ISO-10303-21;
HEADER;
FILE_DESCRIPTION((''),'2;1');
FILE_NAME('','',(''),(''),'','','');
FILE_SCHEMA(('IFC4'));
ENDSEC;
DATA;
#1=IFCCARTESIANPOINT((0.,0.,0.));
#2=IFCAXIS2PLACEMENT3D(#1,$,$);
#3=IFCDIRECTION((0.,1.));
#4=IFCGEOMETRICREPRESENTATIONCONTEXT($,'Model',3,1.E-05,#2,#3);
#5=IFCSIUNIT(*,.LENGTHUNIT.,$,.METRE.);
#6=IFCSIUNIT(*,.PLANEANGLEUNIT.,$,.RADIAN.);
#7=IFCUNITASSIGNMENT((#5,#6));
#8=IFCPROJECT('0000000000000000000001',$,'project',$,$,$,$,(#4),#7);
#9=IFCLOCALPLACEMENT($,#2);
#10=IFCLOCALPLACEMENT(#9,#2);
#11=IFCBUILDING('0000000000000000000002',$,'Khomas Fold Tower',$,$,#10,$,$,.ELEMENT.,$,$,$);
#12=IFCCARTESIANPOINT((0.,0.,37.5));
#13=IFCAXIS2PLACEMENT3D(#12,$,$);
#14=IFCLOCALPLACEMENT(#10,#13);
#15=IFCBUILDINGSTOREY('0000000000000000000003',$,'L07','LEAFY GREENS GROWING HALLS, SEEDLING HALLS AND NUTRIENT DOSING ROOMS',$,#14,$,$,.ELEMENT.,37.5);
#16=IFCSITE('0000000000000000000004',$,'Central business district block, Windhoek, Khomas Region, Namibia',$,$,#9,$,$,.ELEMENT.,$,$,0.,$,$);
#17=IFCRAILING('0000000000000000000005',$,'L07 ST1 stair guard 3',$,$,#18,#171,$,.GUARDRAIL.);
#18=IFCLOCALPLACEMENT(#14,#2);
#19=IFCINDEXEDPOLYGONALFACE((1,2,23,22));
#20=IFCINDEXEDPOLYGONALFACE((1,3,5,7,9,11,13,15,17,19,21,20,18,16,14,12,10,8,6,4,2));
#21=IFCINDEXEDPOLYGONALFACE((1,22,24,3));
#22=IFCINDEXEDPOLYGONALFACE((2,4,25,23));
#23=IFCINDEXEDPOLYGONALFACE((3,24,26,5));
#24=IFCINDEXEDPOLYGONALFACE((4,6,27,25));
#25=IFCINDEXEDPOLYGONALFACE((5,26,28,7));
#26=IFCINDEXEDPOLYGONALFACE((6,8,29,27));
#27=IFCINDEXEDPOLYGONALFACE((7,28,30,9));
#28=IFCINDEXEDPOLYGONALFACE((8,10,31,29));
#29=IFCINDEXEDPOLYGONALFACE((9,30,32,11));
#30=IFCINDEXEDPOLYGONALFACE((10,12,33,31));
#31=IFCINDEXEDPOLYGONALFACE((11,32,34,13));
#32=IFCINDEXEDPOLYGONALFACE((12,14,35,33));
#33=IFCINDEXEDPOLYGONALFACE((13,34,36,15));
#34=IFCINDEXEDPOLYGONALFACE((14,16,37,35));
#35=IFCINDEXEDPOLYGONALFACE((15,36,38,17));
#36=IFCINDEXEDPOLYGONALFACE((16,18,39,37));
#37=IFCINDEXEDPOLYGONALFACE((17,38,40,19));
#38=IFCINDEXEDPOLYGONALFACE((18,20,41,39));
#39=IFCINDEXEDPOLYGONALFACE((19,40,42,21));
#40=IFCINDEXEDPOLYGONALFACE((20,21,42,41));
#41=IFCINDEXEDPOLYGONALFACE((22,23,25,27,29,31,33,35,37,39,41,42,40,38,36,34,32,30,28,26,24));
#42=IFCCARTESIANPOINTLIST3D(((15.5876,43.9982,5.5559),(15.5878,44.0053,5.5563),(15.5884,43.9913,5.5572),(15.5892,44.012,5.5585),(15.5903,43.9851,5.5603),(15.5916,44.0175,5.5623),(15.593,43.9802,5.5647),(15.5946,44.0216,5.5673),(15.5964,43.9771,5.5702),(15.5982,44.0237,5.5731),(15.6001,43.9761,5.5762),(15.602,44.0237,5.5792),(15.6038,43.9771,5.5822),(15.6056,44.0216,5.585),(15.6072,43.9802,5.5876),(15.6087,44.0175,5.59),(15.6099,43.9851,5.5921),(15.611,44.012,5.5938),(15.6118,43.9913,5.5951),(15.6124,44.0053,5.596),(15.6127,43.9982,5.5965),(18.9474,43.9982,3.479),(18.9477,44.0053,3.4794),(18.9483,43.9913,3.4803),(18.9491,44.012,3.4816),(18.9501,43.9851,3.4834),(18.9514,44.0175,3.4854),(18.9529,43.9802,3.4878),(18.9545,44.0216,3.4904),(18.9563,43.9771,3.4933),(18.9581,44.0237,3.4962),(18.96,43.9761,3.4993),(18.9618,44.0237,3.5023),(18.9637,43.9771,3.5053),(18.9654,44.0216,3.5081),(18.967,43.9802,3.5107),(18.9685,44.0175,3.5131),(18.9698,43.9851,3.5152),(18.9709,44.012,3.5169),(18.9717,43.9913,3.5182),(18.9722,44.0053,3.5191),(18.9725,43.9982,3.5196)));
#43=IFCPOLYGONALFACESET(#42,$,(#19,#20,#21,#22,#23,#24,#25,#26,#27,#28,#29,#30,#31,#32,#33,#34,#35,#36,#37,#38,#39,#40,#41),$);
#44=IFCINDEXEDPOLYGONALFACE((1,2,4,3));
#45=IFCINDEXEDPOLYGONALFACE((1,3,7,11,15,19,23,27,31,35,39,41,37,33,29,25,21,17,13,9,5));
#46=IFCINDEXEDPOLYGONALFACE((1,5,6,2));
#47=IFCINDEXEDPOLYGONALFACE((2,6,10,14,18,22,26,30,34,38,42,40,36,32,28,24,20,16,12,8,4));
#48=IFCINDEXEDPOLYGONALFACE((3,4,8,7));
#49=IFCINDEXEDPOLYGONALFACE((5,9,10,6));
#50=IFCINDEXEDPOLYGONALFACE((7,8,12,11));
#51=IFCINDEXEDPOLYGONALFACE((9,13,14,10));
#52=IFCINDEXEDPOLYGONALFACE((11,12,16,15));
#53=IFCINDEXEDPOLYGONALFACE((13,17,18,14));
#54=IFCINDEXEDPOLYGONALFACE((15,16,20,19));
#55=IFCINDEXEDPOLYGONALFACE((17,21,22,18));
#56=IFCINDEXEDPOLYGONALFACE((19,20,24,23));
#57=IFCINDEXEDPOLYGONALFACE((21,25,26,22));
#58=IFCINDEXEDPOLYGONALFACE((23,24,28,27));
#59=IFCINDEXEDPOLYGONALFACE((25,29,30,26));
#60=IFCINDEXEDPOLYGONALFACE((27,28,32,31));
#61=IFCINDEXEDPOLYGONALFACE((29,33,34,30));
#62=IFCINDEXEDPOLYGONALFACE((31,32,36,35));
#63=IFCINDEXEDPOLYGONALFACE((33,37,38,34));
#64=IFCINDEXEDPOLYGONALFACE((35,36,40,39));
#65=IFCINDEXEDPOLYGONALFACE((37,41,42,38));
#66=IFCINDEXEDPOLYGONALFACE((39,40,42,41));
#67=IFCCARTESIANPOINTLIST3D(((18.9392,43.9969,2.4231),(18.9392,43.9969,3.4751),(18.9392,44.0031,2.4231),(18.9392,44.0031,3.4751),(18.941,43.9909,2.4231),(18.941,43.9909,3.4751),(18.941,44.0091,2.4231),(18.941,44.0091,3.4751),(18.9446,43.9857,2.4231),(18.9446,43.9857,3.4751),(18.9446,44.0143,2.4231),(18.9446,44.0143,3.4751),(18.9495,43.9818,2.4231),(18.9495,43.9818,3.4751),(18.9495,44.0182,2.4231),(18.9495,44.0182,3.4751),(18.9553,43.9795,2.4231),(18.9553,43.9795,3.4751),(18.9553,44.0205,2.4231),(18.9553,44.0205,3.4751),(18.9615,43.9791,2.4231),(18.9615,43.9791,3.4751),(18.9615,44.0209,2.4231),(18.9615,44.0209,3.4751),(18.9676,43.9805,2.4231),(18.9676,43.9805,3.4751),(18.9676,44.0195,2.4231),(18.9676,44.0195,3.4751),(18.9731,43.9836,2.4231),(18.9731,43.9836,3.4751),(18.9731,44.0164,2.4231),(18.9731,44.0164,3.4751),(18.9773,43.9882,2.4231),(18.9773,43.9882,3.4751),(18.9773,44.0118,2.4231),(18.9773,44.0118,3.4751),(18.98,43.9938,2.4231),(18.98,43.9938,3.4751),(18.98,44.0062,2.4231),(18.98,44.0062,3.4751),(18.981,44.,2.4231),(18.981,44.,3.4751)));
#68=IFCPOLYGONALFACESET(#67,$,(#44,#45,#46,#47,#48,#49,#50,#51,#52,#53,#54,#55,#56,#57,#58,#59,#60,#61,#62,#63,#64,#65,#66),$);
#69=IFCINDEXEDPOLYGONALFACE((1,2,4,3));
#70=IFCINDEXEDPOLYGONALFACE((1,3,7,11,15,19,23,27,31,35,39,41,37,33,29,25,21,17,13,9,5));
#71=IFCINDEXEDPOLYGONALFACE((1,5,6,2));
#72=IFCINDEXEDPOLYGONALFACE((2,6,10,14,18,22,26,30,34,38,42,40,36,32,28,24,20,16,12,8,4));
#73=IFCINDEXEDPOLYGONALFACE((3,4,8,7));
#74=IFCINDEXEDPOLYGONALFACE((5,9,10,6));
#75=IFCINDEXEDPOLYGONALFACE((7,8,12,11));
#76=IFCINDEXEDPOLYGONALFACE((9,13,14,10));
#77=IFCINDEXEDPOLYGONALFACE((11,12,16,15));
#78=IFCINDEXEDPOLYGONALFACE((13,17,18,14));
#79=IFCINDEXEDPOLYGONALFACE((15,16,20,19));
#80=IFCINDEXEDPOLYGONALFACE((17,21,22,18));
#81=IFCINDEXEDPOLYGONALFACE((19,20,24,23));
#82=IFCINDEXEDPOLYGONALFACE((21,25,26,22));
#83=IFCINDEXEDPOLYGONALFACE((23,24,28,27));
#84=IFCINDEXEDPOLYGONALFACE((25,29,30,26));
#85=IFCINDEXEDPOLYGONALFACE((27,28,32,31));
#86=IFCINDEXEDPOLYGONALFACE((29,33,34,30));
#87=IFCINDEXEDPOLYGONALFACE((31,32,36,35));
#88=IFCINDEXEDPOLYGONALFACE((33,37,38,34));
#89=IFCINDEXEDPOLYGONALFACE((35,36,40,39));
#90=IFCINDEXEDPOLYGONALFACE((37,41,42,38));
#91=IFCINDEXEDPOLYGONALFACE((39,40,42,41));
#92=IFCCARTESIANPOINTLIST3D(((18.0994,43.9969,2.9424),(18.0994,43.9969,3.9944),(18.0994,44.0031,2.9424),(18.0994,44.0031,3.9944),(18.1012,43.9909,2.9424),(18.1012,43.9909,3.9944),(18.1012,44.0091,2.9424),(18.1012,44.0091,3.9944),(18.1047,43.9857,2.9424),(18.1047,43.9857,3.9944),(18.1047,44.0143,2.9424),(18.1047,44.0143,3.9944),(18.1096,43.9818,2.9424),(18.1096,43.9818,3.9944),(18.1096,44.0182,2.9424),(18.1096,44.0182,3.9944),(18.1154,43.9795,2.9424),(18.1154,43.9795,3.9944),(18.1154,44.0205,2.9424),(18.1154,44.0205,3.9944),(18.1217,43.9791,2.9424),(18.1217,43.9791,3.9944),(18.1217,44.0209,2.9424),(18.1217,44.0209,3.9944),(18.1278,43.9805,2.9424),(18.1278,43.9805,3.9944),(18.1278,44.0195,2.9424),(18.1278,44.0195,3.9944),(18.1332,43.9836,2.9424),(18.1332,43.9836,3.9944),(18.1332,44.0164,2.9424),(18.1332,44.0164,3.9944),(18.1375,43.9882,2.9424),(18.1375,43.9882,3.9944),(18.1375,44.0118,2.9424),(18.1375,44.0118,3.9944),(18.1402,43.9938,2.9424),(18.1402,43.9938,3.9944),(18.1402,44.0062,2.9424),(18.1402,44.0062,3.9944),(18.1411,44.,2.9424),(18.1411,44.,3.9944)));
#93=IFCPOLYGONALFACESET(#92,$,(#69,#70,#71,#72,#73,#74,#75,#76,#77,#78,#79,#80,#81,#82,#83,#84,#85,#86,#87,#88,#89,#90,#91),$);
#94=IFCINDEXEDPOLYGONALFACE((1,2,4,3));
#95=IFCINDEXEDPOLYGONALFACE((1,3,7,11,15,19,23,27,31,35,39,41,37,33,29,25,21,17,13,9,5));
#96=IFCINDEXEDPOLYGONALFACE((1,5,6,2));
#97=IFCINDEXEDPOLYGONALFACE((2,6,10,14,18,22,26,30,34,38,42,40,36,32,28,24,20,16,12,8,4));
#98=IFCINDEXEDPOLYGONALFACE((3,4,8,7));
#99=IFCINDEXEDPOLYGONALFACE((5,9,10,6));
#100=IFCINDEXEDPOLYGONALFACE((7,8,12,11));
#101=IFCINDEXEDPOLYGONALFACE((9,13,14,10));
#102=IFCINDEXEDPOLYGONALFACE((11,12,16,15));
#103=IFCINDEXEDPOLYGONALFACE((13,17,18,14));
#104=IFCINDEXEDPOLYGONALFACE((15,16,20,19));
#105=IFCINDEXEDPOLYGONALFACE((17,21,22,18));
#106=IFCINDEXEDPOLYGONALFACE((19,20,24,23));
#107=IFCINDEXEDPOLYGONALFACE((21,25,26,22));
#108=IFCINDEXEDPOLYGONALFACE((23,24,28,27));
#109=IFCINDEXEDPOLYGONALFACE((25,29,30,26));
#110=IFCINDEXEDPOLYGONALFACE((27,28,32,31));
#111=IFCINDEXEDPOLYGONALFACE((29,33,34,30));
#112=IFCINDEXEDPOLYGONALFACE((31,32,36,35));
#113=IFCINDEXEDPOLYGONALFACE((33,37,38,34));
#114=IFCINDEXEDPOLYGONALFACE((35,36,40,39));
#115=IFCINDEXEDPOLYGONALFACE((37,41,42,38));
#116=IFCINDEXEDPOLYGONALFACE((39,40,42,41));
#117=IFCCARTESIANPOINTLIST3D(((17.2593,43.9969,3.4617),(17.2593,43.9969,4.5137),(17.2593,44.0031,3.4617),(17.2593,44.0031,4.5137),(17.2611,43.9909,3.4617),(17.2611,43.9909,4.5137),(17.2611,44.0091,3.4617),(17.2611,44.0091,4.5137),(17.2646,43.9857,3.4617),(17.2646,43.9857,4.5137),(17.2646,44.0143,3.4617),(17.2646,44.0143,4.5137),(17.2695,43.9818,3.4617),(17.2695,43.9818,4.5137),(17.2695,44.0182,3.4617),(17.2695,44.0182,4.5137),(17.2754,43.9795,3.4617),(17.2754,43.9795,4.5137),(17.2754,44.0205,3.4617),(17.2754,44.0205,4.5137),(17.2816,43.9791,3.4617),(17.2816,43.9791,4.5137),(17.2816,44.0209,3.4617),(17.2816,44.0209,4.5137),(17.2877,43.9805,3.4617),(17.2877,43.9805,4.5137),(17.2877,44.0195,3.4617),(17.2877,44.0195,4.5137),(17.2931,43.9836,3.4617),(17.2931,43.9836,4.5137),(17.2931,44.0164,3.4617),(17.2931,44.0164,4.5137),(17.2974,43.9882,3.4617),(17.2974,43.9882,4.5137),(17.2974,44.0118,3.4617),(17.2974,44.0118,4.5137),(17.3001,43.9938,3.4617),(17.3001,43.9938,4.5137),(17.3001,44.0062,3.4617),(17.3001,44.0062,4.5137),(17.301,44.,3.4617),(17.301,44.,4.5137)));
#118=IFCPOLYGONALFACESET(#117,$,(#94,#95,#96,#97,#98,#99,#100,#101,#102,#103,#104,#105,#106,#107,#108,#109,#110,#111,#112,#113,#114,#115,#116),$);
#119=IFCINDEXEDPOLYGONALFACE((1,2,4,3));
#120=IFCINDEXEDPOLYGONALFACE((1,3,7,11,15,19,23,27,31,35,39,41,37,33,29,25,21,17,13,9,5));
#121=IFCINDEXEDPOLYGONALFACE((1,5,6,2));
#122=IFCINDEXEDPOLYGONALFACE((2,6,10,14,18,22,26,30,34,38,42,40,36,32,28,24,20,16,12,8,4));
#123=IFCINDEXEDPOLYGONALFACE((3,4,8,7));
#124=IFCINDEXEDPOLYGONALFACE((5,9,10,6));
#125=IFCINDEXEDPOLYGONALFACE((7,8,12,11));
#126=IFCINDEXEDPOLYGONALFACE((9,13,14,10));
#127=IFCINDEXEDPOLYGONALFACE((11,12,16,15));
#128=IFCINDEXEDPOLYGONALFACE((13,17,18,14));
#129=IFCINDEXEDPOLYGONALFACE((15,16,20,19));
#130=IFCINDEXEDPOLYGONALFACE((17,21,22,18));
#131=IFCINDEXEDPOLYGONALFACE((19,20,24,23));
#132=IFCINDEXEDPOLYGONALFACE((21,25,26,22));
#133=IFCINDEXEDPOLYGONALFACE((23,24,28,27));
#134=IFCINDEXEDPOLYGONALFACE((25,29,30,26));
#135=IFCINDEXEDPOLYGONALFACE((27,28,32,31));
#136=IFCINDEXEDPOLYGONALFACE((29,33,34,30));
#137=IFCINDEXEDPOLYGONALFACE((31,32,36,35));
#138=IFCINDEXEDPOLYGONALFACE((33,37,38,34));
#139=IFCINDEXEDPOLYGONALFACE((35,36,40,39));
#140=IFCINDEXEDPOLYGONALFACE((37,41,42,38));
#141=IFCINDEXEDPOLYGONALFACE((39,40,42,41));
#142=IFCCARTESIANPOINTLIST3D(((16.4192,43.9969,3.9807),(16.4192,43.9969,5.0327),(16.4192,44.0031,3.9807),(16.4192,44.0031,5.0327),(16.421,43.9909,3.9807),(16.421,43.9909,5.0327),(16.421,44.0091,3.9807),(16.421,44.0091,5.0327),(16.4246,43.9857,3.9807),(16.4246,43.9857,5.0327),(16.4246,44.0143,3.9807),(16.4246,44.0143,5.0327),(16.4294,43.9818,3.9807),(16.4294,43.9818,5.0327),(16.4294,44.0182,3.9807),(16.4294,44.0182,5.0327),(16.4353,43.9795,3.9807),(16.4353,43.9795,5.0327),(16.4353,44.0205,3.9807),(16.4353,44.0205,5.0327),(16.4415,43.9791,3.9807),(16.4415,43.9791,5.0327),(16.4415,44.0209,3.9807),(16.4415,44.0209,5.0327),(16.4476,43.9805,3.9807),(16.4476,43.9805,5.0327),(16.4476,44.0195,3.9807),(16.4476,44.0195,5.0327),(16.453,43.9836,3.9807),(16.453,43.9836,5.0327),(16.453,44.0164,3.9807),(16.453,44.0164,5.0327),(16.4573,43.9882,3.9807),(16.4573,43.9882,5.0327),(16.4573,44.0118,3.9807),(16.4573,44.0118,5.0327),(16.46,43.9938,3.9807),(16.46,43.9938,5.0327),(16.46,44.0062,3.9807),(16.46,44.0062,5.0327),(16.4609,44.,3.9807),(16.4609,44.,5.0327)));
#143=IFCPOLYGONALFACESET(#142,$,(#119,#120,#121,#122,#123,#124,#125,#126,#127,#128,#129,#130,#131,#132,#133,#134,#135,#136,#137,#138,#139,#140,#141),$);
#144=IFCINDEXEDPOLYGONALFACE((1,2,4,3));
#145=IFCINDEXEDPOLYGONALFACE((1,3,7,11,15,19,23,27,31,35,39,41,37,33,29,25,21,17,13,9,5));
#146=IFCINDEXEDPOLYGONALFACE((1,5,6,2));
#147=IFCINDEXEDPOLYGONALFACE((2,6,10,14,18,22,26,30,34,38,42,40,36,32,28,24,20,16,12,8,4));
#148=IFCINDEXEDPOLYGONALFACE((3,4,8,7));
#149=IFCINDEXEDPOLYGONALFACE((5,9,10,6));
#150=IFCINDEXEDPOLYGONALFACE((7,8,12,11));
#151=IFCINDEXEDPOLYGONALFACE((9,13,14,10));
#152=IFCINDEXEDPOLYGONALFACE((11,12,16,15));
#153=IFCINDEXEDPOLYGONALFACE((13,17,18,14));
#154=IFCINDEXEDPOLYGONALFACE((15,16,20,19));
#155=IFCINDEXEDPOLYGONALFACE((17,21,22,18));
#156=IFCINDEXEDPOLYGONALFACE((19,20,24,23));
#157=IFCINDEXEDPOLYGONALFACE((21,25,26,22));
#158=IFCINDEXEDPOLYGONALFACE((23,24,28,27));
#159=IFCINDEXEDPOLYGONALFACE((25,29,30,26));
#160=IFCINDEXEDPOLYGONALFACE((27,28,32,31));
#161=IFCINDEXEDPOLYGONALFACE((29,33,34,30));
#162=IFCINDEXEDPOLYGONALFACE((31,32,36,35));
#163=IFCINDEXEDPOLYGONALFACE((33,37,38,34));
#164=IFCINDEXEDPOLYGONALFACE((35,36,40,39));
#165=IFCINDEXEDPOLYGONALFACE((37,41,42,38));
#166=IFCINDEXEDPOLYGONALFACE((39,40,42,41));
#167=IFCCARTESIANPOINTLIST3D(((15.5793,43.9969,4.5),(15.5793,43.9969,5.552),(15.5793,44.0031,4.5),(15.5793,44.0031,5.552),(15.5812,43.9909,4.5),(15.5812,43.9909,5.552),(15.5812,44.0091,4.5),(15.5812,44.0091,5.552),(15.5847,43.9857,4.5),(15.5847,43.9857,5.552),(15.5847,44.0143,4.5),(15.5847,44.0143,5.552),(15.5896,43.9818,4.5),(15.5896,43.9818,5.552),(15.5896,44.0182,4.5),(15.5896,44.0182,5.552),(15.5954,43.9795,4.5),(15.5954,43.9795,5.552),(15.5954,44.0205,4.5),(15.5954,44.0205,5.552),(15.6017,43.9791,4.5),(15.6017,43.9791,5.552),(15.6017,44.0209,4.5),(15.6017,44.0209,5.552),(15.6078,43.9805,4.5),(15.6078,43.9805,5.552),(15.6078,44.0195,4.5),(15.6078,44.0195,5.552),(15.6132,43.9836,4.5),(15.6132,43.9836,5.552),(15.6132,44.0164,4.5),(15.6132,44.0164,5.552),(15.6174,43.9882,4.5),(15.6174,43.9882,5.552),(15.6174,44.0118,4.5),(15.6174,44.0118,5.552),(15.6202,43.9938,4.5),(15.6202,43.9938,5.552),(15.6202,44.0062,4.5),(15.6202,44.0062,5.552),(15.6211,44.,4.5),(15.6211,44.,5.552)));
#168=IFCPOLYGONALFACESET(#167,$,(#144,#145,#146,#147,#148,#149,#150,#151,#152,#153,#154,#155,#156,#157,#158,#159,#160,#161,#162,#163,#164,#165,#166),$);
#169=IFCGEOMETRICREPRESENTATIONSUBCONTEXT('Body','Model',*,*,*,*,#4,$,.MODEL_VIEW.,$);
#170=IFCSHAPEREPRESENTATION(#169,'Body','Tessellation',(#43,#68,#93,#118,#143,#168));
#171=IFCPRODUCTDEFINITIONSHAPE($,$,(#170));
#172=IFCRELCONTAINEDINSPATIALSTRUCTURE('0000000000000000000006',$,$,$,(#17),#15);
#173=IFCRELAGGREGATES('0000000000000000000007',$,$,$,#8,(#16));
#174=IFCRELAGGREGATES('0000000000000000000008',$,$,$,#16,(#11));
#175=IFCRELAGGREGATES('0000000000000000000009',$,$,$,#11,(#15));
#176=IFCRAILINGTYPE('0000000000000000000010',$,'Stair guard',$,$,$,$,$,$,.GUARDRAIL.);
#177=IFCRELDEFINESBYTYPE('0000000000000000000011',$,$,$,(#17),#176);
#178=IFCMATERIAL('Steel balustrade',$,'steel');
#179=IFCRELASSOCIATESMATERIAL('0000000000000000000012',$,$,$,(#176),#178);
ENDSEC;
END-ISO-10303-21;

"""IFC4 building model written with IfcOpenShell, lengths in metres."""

from ifc_helpers import new_model, si_unit, direction, frame, origin, origin_2d, place, context, subcontext, project, spatial, circle, extrude, source, transform, mapped, material, type_object, element, save


model = new_model("IFC4")

# Units and contexts
model_context = context("Model", 3, precision=1e-05, world=origin(), true_north=direction((0.0, 1.0)))
body_context = subcontext(model_context, "Body", "Model", "MODEL_VIEW")
ifc_project = project(units=[si_unit("LENGTHUNIT", "METRE"), si_unit("PLANEANGLEUNIT", "RADIAN")], contexts=[model_context])

# Site, building, storey
site_placement = place(None, origin())
site = spatial("IfcSite", under=ifc_project, at=site_placement, Name="Central business district block, Windhoek, Khomas Region, Namibia", CompositionType="ELEMENT", RefElevation=0.0)
building_placement = place(site_placement, origin())
building = spatial("IfcBuilding", under=site, at=building_placement, Name="Khomas Fold Tower", CompositionType="ELEMENT")
storey_placement = place(building_placement, frame((0.0, 0.0, 37.5)))
storey = spatial("IfcBuildingStorey", under=building, at=storey_placement, Name="L07", Description="LEAFY GREENS GROWING HALLS, SEEDLING HALLS AND NUTRIENT DOSING ROOMS", CompositionType="ELEMENT", Elevation=37.5)

# Railing
ifc_material_1 = material(Name="Steel balustrade", Category="steel")
railing_type_1 = type_object("IfcRailingType", Name="Stair guard", PredefinedType="GUARDRAIL", material=ifc_material_1)
shared_shape_1 = source(origin(), body_context, "Body", "SweptSolid", [
    extrude(circle(Radius=0.0239, at=origin_2d()), frame((0.0, 0.0, 1.0762), z_axis=(-0.850606, 0.0, 0.525803), x_axis=(0.0, -1.0, 0.0)), (0.0, 0.0, 1.0), 3.95),
    extrude(circle(Radius=0.021, at=origin_2d()), origin(), (0.0, 0.0, 1.0), 1.052),
    extrude(circle(Radius=0.021, at=origin_2d()), frame((-0.8398, 0.0, 0.5193)), (0.0, 0.0, 1.0), 1.052),
    extrude(circle(Radius=0.021, at=origin_2d()), frame((-1.6799, 0.0, 1.0386)), (0.0, 0.0, 1.0), 1.052),
    extrude(circle(Radius=0.021, at=origin_2d()), frame((-2.52, 0.0, 1.5576)), (0.0, 0.0, 1.0), 1.052),
    extrude(circle(Radius=0.021, at=origin_2d()), frame((-3.3599, 0.0, 2.0769)), (0.0, 0.0, 1.0), 1.052),
])
railing_1_placement = place(storey_placement, frame((18.96, 44.0, 2.4231)))
element("IfcRailing", 1, at=railing_1_placement, inside=storey, type_object=railing_type_1, Name="L07 ST1 stair guard 3", PredefinedType="GUARDRAIL", context=body_context, shape_type="MappedRepresentation", body=[
    mapped(shared_shape_1, transform((0.0, 0.0, 0.0))),
])

save(model, "model.ifc")
